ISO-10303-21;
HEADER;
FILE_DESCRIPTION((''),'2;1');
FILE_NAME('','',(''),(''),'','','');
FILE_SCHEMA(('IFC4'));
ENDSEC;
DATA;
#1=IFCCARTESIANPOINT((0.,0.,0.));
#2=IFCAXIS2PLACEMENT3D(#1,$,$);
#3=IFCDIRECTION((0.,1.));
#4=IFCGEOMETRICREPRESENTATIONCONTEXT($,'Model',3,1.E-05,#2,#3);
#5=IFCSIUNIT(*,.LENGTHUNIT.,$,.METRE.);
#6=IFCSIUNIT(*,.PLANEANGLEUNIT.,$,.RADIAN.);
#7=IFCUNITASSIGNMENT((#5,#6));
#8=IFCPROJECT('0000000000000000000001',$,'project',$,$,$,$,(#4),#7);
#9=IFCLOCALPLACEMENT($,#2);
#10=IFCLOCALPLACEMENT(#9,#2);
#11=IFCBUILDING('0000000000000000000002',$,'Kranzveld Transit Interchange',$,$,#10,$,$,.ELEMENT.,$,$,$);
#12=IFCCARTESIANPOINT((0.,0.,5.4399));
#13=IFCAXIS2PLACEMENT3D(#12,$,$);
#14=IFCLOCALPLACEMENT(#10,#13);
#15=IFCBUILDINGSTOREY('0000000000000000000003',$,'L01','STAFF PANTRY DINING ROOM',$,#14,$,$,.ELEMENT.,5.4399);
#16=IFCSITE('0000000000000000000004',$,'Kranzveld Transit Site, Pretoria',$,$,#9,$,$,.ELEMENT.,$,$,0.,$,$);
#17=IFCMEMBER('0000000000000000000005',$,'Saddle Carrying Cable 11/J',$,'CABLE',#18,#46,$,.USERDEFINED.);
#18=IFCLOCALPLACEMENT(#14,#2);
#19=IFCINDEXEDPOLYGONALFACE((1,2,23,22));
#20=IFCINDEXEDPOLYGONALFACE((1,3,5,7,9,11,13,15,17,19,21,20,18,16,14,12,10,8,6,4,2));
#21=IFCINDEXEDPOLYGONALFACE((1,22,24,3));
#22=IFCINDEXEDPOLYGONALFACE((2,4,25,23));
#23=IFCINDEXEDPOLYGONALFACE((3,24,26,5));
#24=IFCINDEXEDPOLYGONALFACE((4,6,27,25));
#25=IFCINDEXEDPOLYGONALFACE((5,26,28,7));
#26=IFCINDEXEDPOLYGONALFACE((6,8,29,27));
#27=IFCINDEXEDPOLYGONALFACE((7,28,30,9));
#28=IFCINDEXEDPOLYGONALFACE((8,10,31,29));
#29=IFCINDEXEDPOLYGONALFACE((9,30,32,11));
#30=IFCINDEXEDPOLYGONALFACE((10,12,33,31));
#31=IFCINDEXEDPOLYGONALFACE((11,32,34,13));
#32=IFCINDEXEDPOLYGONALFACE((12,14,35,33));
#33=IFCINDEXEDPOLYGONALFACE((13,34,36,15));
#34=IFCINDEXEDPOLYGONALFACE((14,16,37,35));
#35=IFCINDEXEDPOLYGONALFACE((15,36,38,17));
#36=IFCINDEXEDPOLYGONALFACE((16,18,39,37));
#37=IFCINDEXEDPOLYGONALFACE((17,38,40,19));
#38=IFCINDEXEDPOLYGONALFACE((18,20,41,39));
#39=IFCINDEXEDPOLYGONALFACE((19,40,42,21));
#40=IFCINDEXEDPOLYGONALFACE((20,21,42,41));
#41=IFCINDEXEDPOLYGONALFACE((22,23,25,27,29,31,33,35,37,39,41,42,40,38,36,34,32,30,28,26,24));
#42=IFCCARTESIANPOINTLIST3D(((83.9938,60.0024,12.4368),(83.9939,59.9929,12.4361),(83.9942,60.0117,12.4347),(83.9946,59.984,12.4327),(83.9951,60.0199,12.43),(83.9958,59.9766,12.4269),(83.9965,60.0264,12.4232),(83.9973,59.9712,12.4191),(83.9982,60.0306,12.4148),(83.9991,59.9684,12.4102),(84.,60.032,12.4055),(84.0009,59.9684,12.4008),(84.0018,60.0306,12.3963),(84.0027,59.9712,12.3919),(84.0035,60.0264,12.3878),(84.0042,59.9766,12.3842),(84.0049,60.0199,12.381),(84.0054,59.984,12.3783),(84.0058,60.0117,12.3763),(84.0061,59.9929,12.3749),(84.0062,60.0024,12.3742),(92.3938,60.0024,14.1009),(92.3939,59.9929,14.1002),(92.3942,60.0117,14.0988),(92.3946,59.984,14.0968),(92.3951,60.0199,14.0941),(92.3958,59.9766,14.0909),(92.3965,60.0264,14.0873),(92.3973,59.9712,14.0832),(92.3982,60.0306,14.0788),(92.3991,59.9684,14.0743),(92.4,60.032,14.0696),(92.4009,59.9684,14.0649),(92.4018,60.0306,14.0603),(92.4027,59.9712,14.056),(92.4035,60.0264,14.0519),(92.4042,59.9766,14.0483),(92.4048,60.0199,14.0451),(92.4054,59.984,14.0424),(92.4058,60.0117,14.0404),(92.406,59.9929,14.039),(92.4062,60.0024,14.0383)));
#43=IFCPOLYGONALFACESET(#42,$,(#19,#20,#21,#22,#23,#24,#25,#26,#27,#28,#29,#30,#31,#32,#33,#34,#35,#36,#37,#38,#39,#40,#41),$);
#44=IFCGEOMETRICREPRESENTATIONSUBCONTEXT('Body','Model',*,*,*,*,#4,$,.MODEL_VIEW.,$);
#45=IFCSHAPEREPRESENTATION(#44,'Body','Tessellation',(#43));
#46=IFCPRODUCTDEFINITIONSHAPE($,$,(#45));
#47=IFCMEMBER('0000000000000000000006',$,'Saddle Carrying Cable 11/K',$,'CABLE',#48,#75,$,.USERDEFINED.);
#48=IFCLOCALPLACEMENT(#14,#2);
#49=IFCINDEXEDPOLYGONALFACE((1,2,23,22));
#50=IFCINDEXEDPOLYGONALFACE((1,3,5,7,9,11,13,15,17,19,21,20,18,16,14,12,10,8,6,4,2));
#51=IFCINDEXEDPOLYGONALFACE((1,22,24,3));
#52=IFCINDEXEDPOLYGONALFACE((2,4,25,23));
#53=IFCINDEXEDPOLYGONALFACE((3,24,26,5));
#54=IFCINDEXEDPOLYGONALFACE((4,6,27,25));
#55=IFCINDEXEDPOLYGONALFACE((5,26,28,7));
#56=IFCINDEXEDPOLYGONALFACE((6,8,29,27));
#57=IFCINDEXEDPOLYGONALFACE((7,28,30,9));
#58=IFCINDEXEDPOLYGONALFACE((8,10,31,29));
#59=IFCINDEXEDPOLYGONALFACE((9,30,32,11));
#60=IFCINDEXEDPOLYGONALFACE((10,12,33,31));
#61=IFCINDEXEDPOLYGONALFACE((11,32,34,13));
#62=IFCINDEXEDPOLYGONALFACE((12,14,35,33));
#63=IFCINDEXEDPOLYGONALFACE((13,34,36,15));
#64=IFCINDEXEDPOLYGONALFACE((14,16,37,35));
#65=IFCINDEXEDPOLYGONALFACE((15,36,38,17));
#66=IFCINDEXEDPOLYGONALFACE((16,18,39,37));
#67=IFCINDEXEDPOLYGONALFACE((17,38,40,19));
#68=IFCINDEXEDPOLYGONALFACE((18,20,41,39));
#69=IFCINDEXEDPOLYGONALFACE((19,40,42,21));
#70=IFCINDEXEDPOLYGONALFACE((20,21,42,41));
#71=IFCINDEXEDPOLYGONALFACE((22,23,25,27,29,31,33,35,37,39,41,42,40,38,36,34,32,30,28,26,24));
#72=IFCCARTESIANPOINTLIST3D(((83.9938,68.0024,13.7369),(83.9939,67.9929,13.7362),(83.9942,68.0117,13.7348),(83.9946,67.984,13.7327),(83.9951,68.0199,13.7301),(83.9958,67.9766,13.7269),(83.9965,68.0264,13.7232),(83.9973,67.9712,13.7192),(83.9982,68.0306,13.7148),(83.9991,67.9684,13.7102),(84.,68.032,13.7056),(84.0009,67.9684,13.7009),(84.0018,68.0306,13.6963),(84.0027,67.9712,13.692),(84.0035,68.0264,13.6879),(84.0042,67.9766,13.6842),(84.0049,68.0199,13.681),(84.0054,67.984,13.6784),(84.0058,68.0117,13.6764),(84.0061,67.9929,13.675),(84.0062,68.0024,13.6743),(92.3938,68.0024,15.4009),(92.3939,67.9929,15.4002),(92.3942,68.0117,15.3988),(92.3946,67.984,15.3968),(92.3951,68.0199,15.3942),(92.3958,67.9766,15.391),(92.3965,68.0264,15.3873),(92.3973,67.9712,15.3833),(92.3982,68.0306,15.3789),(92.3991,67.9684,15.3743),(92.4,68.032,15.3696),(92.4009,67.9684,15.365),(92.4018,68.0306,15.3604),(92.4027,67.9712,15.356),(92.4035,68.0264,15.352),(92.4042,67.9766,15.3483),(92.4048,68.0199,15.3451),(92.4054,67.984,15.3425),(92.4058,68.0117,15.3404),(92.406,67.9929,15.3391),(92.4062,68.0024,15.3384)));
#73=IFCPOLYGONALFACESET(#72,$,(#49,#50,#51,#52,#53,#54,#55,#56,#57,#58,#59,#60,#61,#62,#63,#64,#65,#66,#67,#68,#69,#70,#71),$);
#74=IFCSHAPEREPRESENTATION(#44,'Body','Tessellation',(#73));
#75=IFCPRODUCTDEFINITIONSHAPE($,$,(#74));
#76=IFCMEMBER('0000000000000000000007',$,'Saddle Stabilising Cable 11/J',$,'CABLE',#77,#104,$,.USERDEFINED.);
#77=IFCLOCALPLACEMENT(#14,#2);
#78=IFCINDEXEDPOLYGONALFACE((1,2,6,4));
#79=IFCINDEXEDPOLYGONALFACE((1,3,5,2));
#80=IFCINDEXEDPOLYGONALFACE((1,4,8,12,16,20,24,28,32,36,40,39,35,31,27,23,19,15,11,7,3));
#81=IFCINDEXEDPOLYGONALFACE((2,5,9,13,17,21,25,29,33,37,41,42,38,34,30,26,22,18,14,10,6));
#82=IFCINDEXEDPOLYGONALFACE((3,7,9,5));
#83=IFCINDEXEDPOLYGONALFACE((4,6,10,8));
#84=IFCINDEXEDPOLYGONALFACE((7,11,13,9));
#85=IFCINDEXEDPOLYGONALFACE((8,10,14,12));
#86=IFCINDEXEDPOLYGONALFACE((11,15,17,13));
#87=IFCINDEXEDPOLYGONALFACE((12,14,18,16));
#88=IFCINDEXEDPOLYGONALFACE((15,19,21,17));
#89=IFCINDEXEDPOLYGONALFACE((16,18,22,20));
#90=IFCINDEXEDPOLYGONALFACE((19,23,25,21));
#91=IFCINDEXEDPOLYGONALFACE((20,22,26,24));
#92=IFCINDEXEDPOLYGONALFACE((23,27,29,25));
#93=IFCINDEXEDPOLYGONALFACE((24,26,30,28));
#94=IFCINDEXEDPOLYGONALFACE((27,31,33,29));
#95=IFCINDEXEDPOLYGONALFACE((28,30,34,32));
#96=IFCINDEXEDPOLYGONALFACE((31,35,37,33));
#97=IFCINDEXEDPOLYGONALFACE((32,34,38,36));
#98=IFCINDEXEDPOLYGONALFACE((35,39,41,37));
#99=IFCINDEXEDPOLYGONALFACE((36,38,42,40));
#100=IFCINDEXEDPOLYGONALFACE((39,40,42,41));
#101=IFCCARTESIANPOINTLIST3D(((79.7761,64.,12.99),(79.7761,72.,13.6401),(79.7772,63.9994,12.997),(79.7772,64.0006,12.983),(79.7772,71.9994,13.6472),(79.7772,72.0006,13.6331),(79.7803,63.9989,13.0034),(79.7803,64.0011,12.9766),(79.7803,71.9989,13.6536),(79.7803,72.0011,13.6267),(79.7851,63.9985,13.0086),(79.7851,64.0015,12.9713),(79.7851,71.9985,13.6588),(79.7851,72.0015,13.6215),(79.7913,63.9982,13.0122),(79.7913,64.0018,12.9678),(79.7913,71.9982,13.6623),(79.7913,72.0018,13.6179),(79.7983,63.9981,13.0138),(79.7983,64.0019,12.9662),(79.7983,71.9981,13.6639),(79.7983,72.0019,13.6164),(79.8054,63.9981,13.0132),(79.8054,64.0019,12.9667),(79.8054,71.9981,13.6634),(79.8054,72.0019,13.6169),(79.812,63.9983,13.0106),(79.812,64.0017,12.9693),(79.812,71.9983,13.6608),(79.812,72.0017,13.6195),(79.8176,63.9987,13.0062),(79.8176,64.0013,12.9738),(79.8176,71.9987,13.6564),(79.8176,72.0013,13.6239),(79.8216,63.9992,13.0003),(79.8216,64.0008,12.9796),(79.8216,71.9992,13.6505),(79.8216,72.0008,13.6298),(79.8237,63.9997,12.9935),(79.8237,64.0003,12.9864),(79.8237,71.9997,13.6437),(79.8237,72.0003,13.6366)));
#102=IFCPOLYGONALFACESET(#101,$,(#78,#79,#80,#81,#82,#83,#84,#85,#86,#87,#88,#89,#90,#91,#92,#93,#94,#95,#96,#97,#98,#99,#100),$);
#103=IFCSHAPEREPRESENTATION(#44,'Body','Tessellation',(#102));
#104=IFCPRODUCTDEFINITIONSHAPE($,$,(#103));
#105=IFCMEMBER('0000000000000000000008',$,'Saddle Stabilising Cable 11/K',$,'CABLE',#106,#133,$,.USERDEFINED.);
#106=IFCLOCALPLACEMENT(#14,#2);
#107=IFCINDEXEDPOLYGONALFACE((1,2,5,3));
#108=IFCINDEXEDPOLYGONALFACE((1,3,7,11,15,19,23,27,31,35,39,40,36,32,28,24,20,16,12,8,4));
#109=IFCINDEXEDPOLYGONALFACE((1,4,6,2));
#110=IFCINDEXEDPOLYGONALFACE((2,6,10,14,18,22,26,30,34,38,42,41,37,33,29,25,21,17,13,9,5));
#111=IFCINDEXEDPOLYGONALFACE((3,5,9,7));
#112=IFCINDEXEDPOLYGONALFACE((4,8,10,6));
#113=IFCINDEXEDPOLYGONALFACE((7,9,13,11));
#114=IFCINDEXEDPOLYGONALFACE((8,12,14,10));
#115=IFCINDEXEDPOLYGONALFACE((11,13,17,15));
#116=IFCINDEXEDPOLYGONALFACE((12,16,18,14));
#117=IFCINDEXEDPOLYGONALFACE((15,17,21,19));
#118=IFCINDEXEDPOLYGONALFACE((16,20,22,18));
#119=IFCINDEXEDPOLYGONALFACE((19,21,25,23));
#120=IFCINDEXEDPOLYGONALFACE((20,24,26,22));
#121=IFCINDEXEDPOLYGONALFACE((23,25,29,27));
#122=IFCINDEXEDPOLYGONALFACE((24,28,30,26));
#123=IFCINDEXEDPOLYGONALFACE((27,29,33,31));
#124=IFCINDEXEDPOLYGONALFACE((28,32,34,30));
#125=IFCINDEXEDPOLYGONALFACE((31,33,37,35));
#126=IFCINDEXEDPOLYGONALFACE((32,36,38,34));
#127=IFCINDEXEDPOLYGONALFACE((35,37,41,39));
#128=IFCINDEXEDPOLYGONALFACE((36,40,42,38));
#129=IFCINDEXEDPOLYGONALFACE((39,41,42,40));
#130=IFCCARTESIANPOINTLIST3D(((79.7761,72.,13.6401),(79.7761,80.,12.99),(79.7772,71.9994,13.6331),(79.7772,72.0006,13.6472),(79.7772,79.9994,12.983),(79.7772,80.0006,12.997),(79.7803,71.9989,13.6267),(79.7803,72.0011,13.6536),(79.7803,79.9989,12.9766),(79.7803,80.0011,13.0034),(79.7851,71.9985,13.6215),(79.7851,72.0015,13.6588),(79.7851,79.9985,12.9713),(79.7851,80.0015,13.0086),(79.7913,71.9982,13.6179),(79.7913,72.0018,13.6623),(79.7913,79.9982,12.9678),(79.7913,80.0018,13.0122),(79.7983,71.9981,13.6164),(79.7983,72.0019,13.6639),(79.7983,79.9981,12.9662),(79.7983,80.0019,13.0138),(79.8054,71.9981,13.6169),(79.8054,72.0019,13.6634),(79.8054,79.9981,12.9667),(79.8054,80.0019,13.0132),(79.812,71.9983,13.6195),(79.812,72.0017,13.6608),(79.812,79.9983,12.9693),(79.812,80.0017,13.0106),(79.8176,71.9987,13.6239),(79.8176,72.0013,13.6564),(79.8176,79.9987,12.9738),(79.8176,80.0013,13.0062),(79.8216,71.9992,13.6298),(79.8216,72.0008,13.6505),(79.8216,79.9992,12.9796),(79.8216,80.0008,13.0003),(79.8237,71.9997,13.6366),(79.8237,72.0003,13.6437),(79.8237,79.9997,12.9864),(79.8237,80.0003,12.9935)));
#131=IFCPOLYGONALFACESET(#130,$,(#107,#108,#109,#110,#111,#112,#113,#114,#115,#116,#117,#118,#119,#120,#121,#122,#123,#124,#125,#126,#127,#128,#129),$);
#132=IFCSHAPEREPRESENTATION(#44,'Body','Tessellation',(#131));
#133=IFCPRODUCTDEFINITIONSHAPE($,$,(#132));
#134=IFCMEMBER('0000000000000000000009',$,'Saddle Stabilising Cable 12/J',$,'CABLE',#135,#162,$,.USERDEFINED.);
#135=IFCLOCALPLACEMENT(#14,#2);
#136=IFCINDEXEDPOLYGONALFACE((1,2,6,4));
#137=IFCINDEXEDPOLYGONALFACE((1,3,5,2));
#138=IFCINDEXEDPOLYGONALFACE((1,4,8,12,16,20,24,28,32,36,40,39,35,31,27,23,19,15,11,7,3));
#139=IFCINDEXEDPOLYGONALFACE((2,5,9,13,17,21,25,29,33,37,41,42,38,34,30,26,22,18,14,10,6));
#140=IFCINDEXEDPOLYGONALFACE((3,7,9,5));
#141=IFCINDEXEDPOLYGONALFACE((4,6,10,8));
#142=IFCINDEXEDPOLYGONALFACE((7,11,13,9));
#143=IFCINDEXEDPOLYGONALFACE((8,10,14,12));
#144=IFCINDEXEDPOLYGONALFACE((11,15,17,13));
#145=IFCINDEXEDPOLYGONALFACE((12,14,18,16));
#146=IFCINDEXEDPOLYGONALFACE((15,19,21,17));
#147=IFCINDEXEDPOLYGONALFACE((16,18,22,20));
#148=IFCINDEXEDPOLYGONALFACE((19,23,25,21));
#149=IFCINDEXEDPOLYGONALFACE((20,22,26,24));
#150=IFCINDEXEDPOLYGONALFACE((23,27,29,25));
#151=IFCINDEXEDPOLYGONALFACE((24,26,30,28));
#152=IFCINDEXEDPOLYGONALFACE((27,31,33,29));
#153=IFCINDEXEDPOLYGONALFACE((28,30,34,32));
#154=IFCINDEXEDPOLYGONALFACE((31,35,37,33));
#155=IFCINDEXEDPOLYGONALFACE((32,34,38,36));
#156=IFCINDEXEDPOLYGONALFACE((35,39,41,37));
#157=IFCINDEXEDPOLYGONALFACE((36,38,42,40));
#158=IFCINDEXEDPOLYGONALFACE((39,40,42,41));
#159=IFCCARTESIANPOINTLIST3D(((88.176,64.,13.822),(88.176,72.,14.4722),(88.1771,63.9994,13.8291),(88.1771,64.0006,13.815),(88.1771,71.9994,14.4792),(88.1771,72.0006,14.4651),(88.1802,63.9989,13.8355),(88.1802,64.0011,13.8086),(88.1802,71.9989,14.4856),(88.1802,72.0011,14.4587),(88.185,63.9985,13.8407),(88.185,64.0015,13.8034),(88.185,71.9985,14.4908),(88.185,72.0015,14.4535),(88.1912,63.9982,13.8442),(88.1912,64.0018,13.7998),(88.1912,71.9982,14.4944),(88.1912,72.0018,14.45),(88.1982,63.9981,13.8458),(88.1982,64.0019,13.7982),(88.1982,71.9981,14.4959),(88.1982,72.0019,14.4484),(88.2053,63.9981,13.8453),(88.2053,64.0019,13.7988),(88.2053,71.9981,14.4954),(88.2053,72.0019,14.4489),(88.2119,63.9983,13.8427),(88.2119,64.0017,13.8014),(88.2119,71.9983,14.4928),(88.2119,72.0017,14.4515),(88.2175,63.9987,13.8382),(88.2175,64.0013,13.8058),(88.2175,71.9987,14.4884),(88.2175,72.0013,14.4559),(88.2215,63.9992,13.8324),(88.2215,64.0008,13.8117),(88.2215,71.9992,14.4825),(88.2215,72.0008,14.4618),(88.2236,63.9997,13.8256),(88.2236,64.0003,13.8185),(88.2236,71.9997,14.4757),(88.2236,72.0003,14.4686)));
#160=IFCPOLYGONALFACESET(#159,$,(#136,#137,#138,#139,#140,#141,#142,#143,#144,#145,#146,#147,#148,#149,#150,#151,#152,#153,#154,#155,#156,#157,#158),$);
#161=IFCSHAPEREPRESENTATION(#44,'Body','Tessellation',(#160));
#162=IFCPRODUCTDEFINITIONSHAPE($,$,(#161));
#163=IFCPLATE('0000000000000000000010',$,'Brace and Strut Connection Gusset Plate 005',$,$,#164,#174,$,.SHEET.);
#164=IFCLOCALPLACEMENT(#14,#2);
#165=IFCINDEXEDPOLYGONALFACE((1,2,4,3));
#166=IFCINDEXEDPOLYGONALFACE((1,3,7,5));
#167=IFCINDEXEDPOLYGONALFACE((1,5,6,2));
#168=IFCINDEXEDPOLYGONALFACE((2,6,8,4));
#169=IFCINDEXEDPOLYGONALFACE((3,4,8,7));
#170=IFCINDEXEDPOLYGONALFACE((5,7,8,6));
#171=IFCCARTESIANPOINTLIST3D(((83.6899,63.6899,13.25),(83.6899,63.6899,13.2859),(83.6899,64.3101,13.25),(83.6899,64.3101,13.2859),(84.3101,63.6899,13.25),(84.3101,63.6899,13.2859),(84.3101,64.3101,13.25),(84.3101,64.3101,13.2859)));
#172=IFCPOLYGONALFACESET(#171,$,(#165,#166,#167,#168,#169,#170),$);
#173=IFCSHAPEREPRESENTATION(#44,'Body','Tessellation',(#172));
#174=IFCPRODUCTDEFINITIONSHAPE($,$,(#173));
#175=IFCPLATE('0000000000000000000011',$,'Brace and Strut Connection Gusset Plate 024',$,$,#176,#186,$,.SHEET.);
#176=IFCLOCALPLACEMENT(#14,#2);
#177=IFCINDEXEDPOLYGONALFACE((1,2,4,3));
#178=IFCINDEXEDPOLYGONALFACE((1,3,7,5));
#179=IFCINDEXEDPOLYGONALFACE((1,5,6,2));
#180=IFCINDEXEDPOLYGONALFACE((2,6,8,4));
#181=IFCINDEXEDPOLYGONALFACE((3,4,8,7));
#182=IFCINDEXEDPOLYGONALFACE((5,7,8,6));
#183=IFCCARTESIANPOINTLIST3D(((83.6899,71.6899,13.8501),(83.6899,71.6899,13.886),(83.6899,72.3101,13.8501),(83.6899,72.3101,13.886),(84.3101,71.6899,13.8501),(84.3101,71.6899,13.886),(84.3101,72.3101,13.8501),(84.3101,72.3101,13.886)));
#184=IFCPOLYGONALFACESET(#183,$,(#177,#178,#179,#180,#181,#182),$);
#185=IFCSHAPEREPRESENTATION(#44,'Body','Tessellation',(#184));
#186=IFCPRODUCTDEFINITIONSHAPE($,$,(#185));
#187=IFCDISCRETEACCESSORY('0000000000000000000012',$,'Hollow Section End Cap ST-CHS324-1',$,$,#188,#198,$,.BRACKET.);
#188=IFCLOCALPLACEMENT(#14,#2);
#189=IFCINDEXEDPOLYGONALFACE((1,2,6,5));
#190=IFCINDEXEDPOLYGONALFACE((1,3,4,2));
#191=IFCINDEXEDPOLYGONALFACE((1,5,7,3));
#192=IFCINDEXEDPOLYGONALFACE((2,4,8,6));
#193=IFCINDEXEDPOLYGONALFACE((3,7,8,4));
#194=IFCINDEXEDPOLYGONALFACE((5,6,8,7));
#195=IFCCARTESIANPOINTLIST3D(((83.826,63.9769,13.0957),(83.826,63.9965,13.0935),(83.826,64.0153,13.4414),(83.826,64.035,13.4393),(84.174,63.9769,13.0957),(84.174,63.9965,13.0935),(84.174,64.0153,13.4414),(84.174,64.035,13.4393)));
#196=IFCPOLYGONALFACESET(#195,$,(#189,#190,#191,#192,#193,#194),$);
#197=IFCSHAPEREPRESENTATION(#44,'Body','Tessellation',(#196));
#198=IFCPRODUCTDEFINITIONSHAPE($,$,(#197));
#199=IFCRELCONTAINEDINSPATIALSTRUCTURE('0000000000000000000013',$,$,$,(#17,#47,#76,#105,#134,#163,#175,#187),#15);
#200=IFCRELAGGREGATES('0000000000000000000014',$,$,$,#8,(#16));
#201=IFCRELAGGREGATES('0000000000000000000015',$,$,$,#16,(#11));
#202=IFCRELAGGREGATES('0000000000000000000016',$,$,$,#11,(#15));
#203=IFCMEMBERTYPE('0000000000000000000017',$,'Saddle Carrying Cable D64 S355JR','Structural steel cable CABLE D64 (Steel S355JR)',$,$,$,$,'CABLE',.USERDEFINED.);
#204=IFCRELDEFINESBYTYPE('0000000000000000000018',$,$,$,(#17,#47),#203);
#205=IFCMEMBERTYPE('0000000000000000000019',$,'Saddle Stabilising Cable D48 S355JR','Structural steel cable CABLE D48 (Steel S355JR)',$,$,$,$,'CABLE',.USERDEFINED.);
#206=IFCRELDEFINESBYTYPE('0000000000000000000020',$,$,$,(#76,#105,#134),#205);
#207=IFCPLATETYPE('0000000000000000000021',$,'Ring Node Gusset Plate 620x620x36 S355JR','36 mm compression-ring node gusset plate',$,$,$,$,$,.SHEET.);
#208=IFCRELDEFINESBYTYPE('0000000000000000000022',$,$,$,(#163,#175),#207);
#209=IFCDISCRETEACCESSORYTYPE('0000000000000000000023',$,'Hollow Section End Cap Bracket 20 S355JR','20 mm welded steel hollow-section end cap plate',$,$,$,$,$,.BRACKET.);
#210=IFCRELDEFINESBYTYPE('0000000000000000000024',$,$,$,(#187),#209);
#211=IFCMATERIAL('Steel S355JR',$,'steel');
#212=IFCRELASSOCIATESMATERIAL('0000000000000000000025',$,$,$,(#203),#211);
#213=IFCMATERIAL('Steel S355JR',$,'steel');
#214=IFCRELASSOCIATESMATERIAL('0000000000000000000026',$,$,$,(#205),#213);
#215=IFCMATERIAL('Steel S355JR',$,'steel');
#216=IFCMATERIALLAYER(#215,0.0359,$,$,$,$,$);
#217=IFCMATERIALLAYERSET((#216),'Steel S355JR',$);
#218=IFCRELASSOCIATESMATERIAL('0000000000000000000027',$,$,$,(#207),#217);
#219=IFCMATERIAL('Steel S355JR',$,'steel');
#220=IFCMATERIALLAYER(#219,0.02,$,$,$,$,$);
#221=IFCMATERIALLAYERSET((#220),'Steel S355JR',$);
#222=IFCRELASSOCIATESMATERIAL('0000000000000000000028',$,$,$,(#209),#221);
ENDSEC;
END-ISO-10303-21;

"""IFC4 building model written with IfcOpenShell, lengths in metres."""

from ifc_helpers import new_model, si_unit, direction, frame, origin, origin_2d, place, context, subcontext, project, spatial, rectangle, circle, extrude, material, layer, layer_set, material_profile, profile_set, type_object, element, save


model = new_model("IFC4")

# Units and contexts
model_context = context("Model", 3, precision=1e-05, world=origin(), true_north=direction((0.0, 1.0)))
body_context = subcontext(model_context, "Body", "Model", "MODEL_VIEW")
ifc_project = project(units=[si_unit("LENGTHUNIT", "METRE"), si_unit("PLANEANGLEUNIT", "RADIAN")], contexts=[model_context])

# Site, building, storey
site_placement = place(None, origin())
site = spatial("IfcSite", under=ifc_project, at=site_placement, Name="Kranzveld Transit Site, Pretoria", CompositionType="ELEMENT", RefElevation=0.0)
building_placement = place(site_placement, origin())
building = spatial("IfcBuilding", under=site, at=building_placement, Name="Kranzveld Transit Interchange", CompositionType="ELEMENT")
storey_placement = place(building_placement, frame((0.0, 0.0, 5.4399)))
storey = spatial("IfcBuildingStorey", under=building, at=storey_placement, Name="L01", Description="STAFF PANTRY DINING ROOM", CompositionType="ELEMENT", Elevation=5.4399)

# Members
ifc_material_1 = material(Name="Steel S355JR", Category="steel")
ifc_material_profile_1 = material_profile(ifc_material_1, circle(Radius=0.032, at=origin_2d()), Name="CABLE D64")
ifc_profile_set_1 = profile_set([ifc_material_profile_1], Name="Steel S355JR")
member_type_1 = type_object("IfcMemberType", Name="Saddle Carrying Cable D64 S355JR", Description="Structural steel cable CABLE D64 (Steel S355JR)", ElementType="CABLE", PredefinedType="USERDEFINED", material=ifc_profile_set_1)
for number, where, z_axis, x_axis, name in (
    (1, (84.0, 60.0, 12.4055), (0.980937, 0.0, 0.194328), (0.0, 1.0, 0.0), "Saddle Carrying Cable 11/J"),
    (2, (84.0, 68.0, 13.7056), (0.980937, 0.0, 0.194328), (0.0, 1.0, 0.0), "Saddle Carrying Cable 11/K"),
):
    element("IfcMember", number, at=place(storey_placement, frame(where, z_axis=z_axis, x_axis=x_axis)), inside=storey, type_object=member_type_1, Name=name, ObjectType="CABLE", PredefinedType="USERDEFINED", context=body_context, shape_type="SweptSolid", body=[
        extrude(circle(Radius=0.032, at=origin_2d()), origin(), (0.0, 0.0, 1.0), 8.5632),
    ])
ifc_material_2 = material(Name="Steel S355JR", Category="steel")
ifc_material_profile_2 = material_profile(ifc_material_2, circle(Radius=0.0239, at=origin_2d()), Name="CABLE D48")
ifc_profile_set_2 = profile_set([ifc_material_profile_2], Name="Steel S355JR")
member_type_2 = type_object("IfcMemberType", Name="Saddle Stabilising Cable D48 S355JR", Description="Structural steel cable CABLE D48 (Steel S355JR)", ElementType="CABLE", PredefinedType="USERDEFINED", material=ifc_profile_set_2)
for number, where, z_axis, x_axis, name in (
    (3, (79.8, 64.0, 12.99), (0.0, 0.996714, 0.081001), (-1.0, 0.0, 0.0), "Saddle Stabilising Cable 11/J"),
    (4, (79.8, 72.0, 13.6401), (0.0, 0.996714, -0.081001), (-1.0, 0.0, 0.0), "Saddle Stabilising Cable 11/K"),
    (5, (88.2, 64.0, 13.822), (0.0, 0.996714, 0.081001), (-1.0, 0.0, 0.0), "Saddle Stabilising Cable 12/J"),
):
    element("IfcMember", number, at=place(storey_placement, frame(where, z_axis=z_axis, x_axis=x_axis)), inside=storey, type_object=member_type_2, Name=name, ObjectType="CABLE", PredefinedType="USERDEFINED", context=body_context, shape_type="SweptSolid", body=[
        extrude(circle(Radius=0.0239, at=origin_2d()), origin(), (0.0, 0.0, 1.0), 8.0264),
    ])

# Plates
ifc_material_3 = material(Name="Steel S355JR", Category="steel")
ifc_layer_1 = layer(ifc_material_3, 0.0359)
ifc_layer_set_1 = layer_set([ifc_layer_1], Name="Steel S355JR")
plate_type = type_object("IfcPlateType", Name="Ring Node Gusset Plate 620x620x36 S355JR", Description="36 mm compression-ring node gusset plate", PredefinedType="SHEET", material=ifc_layer_set_1)
for number, where, z_axis, x_axis, name in (
    (6, (84.0, 64.0, 13.25), (0.0, 0.0, 1.0), (1.0, 0.0, 0.0), "Brace and Strut Connection Gusset Plate 005"),
    (7, (84.0, 72.0, 13.8501), (0.0, 0.0, 1.0), (1.0, 0.0, 0.0), "Brace and Strut Connection Gusset Plate 024"),
):
    element("IfcPlate", number, at=place(storey_placement, frame(where, z_axis=z_axis, x_axis=x_axis)), inside=storey, type_object=plate_type, Name=name, PredefinedType="SHEET", context=body_context, shape_type="SweptSolid", body=[
        extrude(rectangle(XDim=0.6201, YDim=0.6201, at=origin_2d()), origin(), (0.0, 0.0, 1.0), 0.0359),
    ])

# Discrete accessory
ifc_material_4 = material(Name="Steel S355JR", Category="steel")
ifc_layer_2 = layer(ifc_material_4, 0.02)
ifc_layer_set_2 = layer_set([ifc_layer_2], Name="Steel S355JR")
discrete_accessory_type = type_object("IfcDiscreteAccessoryType", Name="Hollow Section End Cap Bracket 20 S355JR", Description="20 mm welded steel hollow-section end cap plate", PredefinedType="BRACKET", material=ifc_layer_set_2)
discrete_accessory_1_placement = place(storey_placement, frame((84.0, 63.9961, 13.2686), z_axis=(0.0, 0.993884, -0.110432), x_axis=(-1.0, 0.0, 0.0)))
element("IfcDiscreteAccessory", 8, at=discrete_accessory_1_placement, inside=storey, type_object=discrete_accessory_type, Name="Hollow Section End Cap ST-CHS324-1", PredefinedType="BRACKET", context=body_context, shape_type="SweptSolid", body=[
    extrude(rectangle(XDim=0.3479, YDim=0.3479, at=origin_2d()), origin(), (0.0, 0.0, 1.0), 0.0198),
])

save(model, "model.ifc")
